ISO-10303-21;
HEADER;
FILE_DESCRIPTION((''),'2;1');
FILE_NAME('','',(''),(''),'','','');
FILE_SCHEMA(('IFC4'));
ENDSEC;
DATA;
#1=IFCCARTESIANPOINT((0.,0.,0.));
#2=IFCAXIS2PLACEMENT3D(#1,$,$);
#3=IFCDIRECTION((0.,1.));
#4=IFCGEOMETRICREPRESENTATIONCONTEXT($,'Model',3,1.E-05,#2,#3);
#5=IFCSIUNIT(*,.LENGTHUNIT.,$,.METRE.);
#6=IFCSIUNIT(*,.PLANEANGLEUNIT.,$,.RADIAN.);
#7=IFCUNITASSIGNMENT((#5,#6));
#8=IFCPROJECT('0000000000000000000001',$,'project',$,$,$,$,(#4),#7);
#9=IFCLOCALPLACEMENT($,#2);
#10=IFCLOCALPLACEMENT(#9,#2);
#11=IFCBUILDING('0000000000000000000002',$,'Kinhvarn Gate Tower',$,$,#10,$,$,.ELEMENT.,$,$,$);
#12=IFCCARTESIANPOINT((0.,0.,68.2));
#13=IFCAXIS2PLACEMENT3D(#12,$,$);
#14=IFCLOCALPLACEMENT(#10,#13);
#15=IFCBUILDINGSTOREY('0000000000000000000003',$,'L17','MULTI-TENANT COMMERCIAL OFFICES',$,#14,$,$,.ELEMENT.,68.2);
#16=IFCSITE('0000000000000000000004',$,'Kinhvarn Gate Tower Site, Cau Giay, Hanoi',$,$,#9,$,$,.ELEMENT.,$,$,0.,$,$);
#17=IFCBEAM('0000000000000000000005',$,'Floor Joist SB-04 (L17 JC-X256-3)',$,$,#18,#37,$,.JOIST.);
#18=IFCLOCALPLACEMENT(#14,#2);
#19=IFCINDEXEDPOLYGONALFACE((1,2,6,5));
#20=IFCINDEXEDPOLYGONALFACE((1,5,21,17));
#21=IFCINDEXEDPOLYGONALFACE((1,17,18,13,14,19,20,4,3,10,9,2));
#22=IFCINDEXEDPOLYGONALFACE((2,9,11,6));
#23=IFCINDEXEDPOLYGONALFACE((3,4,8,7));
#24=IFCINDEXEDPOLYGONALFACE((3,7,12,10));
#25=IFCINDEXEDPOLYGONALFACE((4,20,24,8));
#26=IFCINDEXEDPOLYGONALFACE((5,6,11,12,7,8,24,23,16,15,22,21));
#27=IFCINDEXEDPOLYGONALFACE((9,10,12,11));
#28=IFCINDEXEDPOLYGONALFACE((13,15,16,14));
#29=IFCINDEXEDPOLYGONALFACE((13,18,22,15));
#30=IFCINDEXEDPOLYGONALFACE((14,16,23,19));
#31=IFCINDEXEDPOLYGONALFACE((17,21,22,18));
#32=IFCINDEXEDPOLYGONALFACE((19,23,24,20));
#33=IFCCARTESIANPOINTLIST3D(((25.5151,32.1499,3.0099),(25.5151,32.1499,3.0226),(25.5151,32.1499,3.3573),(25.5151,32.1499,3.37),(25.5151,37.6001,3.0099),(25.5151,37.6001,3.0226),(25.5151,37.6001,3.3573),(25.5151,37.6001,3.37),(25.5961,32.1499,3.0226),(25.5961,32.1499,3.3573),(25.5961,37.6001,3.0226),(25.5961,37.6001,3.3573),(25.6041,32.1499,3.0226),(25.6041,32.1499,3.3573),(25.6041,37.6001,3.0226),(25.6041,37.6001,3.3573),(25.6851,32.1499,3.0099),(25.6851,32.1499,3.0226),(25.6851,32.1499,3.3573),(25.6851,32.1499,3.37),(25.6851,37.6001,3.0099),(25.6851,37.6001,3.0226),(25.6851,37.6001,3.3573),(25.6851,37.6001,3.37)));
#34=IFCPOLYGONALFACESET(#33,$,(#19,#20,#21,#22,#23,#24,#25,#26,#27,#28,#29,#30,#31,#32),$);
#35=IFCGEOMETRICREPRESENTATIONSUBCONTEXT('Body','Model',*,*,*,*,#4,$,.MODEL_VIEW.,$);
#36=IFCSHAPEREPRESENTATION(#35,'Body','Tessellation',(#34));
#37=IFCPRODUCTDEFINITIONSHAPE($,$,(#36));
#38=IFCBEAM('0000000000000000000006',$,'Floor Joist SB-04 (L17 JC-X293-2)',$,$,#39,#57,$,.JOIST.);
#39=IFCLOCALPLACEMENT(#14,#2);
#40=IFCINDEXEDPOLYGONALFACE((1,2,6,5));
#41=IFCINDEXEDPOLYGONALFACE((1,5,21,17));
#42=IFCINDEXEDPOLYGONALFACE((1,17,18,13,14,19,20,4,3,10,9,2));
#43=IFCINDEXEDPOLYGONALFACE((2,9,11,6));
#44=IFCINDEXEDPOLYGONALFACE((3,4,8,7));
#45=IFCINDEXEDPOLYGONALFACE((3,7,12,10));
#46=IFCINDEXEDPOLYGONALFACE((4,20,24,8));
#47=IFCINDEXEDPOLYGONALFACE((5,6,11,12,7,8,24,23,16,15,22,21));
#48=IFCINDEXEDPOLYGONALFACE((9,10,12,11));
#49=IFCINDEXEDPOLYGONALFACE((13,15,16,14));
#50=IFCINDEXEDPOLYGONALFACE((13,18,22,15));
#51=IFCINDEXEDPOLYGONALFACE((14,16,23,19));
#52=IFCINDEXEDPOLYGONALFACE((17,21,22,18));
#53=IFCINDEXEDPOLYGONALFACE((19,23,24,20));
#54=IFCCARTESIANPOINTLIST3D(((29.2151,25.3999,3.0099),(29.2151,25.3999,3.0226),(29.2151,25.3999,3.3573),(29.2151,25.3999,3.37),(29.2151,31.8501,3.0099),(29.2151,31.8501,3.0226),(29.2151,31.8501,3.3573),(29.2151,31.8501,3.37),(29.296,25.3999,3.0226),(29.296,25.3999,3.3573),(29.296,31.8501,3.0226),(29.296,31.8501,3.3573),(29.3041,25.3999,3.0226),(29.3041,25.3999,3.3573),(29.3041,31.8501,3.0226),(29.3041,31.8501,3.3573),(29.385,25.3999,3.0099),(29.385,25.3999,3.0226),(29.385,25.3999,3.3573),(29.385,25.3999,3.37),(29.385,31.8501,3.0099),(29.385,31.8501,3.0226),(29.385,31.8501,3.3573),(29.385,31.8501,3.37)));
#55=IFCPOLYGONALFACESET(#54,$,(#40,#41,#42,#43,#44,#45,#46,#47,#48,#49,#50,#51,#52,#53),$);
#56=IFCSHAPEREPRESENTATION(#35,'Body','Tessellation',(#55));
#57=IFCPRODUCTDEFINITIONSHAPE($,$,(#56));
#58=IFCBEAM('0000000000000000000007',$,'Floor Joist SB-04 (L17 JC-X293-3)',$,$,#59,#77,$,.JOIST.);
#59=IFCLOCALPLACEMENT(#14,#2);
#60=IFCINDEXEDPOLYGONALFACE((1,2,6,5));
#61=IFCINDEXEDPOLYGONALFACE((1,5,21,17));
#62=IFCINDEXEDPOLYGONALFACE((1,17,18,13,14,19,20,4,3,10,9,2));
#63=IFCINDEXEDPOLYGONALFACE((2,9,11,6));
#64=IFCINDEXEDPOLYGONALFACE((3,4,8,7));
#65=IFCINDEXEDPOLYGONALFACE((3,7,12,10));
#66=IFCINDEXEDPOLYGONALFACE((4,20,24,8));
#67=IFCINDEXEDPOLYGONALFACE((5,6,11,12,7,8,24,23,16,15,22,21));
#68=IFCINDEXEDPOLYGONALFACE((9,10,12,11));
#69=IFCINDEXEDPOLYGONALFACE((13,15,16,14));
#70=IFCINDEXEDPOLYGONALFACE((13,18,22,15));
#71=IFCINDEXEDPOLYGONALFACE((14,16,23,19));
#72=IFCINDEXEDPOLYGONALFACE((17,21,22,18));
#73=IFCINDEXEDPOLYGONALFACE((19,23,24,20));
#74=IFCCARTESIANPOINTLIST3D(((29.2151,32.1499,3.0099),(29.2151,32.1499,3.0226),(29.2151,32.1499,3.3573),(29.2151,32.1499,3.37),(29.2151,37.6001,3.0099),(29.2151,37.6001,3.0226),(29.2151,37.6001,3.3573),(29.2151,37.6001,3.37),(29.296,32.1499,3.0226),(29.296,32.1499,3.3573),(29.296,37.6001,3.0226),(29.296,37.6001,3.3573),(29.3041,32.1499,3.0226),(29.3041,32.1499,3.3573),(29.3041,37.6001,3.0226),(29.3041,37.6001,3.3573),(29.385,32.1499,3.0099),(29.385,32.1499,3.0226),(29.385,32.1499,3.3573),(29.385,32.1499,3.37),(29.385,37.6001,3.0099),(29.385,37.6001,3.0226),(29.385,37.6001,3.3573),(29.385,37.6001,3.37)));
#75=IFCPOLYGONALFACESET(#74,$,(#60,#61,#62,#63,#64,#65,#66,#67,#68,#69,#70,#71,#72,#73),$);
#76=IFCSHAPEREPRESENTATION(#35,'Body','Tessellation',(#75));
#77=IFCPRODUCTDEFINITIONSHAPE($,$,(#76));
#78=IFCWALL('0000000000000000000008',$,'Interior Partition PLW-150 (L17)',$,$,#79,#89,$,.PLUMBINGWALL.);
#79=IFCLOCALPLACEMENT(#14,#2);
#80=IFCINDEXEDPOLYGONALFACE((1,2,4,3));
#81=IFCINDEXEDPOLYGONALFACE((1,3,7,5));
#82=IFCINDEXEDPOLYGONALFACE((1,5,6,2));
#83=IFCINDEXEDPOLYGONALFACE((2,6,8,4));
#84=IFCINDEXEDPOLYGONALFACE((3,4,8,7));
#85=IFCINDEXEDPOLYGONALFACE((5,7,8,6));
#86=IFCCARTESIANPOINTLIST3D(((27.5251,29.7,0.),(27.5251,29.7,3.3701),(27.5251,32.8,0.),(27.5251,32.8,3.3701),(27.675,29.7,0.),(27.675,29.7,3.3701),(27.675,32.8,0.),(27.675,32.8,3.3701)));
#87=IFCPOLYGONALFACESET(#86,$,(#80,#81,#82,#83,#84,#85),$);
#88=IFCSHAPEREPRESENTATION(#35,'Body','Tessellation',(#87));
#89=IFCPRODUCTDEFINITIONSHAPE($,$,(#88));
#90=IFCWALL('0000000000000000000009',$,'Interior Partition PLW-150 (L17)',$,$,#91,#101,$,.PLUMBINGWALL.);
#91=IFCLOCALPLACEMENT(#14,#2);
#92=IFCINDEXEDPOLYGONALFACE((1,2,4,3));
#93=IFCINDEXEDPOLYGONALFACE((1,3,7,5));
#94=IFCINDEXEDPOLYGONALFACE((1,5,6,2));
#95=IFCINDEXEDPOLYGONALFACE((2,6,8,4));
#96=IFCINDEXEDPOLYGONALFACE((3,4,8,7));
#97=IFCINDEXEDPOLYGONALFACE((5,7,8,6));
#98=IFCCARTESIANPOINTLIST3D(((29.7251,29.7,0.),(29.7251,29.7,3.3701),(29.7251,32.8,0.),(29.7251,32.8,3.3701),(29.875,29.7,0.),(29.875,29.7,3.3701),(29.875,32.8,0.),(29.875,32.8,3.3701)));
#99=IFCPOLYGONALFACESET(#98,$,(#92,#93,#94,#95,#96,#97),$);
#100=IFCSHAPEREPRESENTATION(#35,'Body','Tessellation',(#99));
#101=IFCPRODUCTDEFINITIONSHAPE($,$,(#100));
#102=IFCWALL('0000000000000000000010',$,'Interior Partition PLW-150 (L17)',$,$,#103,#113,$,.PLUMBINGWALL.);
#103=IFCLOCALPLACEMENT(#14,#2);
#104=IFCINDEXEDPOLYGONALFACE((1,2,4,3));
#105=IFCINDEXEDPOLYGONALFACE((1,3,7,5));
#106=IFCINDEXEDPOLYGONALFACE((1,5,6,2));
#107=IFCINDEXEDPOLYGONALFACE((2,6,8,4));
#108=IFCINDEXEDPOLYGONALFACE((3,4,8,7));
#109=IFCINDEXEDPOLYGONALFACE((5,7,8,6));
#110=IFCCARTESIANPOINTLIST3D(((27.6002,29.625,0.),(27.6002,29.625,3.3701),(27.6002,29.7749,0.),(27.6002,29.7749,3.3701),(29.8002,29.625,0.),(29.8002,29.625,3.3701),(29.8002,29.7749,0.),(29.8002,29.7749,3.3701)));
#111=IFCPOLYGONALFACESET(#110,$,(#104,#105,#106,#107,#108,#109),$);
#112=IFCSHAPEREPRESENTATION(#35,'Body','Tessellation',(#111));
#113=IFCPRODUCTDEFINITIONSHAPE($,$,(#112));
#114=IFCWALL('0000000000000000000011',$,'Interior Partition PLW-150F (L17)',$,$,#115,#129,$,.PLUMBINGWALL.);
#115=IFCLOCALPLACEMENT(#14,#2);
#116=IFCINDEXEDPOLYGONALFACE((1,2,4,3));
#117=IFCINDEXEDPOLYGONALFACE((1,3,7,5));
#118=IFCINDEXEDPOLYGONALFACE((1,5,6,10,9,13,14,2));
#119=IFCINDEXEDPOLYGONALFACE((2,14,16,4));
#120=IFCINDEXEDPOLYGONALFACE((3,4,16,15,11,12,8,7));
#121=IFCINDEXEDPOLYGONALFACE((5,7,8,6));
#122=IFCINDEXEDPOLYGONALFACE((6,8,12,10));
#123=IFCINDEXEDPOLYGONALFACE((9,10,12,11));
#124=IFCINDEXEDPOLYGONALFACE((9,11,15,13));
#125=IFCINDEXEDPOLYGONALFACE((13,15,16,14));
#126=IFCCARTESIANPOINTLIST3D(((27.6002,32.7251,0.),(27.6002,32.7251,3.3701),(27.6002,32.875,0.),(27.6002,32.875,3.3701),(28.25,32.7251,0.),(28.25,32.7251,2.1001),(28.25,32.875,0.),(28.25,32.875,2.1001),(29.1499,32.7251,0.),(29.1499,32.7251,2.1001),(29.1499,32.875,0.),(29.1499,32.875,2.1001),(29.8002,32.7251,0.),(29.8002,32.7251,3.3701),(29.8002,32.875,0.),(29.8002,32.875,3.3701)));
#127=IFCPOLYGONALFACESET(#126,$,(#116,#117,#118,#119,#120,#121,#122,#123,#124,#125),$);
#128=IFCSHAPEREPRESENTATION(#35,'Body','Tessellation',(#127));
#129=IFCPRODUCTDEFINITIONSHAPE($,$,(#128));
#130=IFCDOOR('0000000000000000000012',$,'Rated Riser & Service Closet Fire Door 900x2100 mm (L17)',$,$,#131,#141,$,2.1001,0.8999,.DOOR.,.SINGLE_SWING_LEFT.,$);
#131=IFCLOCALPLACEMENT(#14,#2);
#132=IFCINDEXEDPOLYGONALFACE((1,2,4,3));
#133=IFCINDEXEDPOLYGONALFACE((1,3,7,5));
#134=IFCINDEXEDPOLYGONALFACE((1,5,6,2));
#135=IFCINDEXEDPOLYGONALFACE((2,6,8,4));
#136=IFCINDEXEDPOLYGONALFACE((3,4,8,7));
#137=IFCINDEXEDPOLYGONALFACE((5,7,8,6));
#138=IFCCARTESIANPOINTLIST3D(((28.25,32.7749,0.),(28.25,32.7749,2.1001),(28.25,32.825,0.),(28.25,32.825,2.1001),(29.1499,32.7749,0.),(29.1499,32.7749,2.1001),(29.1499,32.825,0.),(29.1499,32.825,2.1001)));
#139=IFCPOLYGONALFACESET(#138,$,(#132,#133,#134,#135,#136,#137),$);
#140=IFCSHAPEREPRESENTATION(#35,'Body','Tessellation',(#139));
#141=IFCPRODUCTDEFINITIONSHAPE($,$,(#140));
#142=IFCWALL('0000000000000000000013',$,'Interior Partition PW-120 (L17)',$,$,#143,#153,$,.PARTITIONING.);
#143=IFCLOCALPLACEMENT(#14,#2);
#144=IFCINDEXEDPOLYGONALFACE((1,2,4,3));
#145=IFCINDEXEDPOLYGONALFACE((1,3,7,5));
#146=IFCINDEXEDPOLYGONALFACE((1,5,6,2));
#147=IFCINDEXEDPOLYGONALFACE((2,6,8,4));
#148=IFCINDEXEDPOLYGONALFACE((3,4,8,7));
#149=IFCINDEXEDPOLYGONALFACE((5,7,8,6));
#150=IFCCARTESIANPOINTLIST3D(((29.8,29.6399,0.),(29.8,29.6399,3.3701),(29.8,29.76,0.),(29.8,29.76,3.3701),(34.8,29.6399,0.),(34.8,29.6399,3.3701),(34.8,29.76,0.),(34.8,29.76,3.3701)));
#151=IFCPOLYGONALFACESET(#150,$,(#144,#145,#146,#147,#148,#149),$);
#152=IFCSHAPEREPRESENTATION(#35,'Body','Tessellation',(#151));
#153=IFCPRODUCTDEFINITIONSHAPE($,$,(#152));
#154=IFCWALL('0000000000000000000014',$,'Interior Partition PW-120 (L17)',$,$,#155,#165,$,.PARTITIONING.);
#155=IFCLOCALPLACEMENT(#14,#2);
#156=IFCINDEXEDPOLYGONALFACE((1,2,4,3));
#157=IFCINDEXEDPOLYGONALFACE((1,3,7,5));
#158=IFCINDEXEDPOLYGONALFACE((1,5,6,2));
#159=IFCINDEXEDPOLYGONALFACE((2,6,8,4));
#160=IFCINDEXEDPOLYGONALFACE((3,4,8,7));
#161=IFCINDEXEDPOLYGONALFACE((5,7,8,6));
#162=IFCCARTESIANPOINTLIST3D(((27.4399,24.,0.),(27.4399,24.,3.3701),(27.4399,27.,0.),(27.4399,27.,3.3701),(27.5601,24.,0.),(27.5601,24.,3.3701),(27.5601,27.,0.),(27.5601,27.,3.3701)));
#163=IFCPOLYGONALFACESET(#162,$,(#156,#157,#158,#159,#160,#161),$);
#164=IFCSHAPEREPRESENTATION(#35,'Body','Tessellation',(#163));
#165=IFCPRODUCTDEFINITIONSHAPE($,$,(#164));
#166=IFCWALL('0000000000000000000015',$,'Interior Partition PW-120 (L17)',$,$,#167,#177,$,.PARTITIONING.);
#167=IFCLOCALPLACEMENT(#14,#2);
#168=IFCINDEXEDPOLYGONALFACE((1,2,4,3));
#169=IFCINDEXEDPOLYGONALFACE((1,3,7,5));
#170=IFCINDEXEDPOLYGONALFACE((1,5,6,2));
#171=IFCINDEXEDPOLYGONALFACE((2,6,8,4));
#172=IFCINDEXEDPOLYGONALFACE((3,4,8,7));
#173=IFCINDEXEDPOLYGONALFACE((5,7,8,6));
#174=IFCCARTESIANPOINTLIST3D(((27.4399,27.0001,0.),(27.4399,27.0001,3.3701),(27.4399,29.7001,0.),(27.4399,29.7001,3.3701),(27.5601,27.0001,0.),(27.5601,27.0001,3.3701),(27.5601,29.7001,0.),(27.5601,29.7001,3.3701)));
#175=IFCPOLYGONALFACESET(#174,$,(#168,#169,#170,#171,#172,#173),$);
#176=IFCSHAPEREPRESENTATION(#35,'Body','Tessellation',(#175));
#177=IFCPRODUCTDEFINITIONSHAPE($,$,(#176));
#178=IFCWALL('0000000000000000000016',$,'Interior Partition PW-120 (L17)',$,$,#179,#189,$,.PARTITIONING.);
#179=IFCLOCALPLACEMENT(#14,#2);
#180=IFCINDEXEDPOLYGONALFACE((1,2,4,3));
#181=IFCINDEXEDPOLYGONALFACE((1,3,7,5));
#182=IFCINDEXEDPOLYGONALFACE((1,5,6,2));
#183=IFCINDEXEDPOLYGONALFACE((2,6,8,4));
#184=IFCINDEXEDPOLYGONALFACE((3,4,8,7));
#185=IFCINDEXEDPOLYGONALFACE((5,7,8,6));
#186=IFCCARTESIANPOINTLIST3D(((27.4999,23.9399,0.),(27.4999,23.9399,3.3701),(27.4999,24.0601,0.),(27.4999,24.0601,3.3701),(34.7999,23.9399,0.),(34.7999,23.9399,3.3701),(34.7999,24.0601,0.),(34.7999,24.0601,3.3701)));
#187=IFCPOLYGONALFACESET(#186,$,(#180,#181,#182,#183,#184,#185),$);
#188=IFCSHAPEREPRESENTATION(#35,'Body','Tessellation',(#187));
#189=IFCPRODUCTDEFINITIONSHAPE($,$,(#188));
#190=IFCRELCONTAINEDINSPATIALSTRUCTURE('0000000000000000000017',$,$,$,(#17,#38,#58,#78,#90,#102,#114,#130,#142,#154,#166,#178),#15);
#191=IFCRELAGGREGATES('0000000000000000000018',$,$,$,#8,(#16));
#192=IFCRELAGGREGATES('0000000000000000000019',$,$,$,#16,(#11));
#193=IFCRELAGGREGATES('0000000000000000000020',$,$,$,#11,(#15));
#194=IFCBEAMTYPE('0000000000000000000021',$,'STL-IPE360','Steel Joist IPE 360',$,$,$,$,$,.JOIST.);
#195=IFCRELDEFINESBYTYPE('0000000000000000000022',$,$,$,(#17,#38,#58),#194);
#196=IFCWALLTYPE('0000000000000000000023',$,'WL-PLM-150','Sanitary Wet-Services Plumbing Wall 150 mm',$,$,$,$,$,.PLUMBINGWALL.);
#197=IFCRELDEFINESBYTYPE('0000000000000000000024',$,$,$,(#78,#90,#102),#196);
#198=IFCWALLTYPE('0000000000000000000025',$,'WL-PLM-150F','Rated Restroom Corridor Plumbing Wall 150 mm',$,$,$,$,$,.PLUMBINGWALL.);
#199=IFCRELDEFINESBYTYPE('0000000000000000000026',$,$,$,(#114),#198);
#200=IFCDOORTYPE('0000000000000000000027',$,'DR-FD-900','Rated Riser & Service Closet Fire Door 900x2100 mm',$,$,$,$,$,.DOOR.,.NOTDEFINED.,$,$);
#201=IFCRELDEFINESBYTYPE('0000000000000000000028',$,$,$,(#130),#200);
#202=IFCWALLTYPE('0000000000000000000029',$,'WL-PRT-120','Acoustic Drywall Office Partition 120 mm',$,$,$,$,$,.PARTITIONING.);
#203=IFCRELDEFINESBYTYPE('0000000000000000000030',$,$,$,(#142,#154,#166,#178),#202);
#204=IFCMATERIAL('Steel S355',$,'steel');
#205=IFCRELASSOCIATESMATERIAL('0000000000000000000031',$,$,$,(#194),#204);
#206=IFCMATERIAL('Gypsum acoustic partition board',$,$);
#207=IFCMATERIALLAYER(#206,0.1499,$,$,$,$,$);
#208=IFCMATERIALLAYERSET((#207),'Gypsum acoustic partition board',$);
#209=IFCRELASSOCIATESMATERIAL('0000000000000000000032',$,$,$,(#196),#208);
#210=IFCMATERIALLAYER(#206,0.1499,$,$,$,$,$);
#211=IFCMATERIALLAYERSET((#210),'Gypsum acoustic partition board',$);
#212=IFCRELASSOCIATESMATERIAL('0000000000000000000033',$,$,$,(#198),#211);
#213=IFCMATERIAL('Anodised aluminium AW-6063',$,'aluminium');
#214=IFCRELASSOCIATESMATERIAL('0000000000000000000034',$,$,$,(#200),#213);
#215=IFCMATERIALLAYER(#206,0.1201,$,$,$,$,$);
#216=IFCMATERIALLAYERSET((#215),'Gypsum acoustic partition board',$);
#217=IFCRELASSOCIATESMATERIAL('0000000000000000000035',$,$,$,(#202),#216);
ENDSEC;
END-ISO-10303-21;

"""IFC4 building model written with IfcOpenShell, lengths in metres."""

from ifc_helpers import new_model, si_unit, direction, frame, frame_2d, origin, origin_2d, place, context, subcontext, project, spatial, rectangle, i_section, extrude, material, layer, layer_set, material_profile, profile_set, type_object, element, fill, save


model = new_model("IFC4")

# Units and contexts
model_context = context("Model", 3, precision=1e-05, world=origin(), true_north=direction((0.0, 1.0)))
body_context = subcontext(model_context, "Body", "Model", "MODEL_VIEW")
ifc_project = project(units=[si_unit("LENGTHUNIT", "METRE"), si_unit("PLANEANGLEUNIT", "RADIAN")], contexts=[model_context])

# Site, building, storey
site_placement = place(None, origin())
site = spatial("IfcSite", under=ifc_project, at=site_placement, Name="Kinhvarn Gate Tower Site, Cau Giay, Hanoi", CompositionType="ELEMENT", RefElevation=0.0)
building_placement = place(site_placement, origin())
building = spatial("IfcBuilding", under=site, at=building_placement, Name="Kinhvarn Gate Tower", CompositionType="ELEMENT")
storey_placement = place(building_placement, frame((0.0, 0.0, 68.2)))
storey = spatial("IfcBuildingStorey", under=building, at=storey_placement, Name="L17", Description="MULTI-TENANT COMMERCIAL OFFICES", CompositionType="ELEMENT", Elevation=68.2)

# Beams
ifc_material_1 = material(Name="Steel S355", Category="steel")
ifc_material_profile = material_profile(ifc_material_1, i_section(OverallWidth=0.1699, OverallDepth=0.3601, WebThickness=0.0081, FlangeThickness=0.0127, at=origin_2d()), Name="IPE 360")
ifc_profile_set = profile_set([ifc_material_profile], Name="Steel S355")
beam_type = type_object("IfcBeamType", Name="STL-IPE360", Description="Steel Joist IPE 360", PredefinedType="JOIST", material=ifc_profile_set)
beam_1_placement = place(storey_placement, frame((25.6001, 32.1499, 3.1899), z_axis=(0.0, 1.0, 0.0), x_axis=(-1.0, 0.0, 0.0)))
element("IfcBeam", 1, at=beam_1_placement, inside=storey, type_object=beam_type, Name="Floor Joist SB-04 (L17 JC-X256-3)", PredefinedType="JOIST", context=body_context, shape_type="SweptSolid", body=[
    extrude(i_section(OverallWidth=0.1699, OverallDepth=0.3601, WebThickness=0.0081, FlangeThickness=0.0127, at=origin_2d()), origin(), (0.0, 0.0, 1.0), 5.4502),
])
beam_2_placement = place(storey_placement, frame((29.3, 25.3999, 3.1899), z_axis=(0.0, 1.0, 0.0), x_axis=(-1.0, 0.0, 0.0)))
element("IfcBeam", 2, at=beam_2_placement, inside=storey, type_object=beam_type, Name="Floor Joist SB-04 (L17 JC-X293-2)", PredefinedType="JOIST", context=body_context, shape_type="SweptSolid", body=[
    extrude(i_section(OverallWidth=0.1699, OverallDepth=0.3601, WebThickness=0.0081, FlangeThickness=0.0127, at=origin_2d()), origin(), (0.0, 0.0, 1.0), 6.4502),
])
beam_3_placement = place(storey_placement, frame((29.3, 32.1499, 3.1899), z_axis=(0.0, 1.0, 0.0), x_axis=(-1.0, 0.0, 0.0)))
element("IfcBeam", 3, at=beam_3_placement, inside=storey, type_object=beam_type, Name="Floor Joist SB-04 (L17 JC-X293-3)", PredefinedType="JOIST", context=body_context, shape_type="SweptSolid", body=[
    extrude(i_section(OverallWidth=0.1699, OverallDepth=0.3601, WebThickness=0.0081, FlangeThickness=0.0127, at=origin_2d()), origin(), (0.0, 0.0, 1.0), 5.4502),
])

# Walls
ifc_material_2 = material(Name="Gypsum acoustic partition board")
ifc_layer_1 = layer(ifc_material_2, 0.1499)
ifc_layer_set_1 = layer_set([ifc_layer_1], Name="Gypsum acoustic partition board")
wall_type_1 = type_object("IfcWallType", Name="WL-PLM-150", Description="Sanitary Wet-Services Plumbing Wall 150 mm", PredefinedType="PLUMBINGWALL", material=ifc_layer_set_1)
for number, where, z_axis, x_axis, name in (
    (4, (27.6001, 29.7, 0.0), (0.0, 0.0, 1.0), (0.0, 1.0, 0.0), "Interior Partition PLW-150 (L17)"),
    (5, (29.8, 29.7, 0.0), (0.0, 0.0, 1.0), (0.0, 1.0, 0.0), "Interior Partition PLW-150 (L17)"),
):
    element("IfcWall", number, at=place(storey_placement, frame(where, z_axis=z_axis, x_axis=x_axis)), inside=storey, type_object=wall_type_1, Name=name, PredefinedType="PLUMBINGWALL", context=body_context, shape_type="SweptSolid", body=[
        extrude(rectangle(XDim=3.1001, YDim=0.1499, at=frame_2d((1.55, 0.0))), origin(), (0.0, 0.0, 1.0), 3.3701),
    ])
wall_1_placement = place(storey_placement, frame((27.6001, 29.7, 0.0), z_axis=(0.0, 0.0, 1.0), x_axis=(1.0, 0.0, 0.0)))
element("IfcWall", 6, at=wall_1_placement, inside=storey, type_object=wall_type_1, Name="Interior Partition PLW-150 (L17)", PredefinedType="PLUMBINGWALL", context=body_context, shape_type="SweptSolid", body=[
    extrude(rectangle(XDim=2.2, YDim=0.1499, at=frame_2d((1.1001, 0.0))), origin(), (0.0, 0.0, 1.0), 3.3701),
])

# Wall, opening, door
ifc_layer_2 = layer(ifc_material_2, 0.1499)
ifc_layer_set_2 = layer_set([ifc_layer_2], Name="Gypsum acoustic partition board")
wall_type_2 = type_object("IfcWallType", Name="WL-PLM-150F", Description="Rated Restroom Corridor Plumbing Wall 150 mm", PredefinedType="PLUMBINGWALL", material=ifc_layer_set_2)
wall_2_placement = place(storey_placement, frame((27.6001, 32.8, 0.0), z_axis=(0.0, 0.0, 1.0), x_axis=(1.0, 0.0, 0.0)))
wall_2 = element("IfcWall", 7, at=wall_2_placement, inside=storey, type_object=wall_type_2, Name="Interior Partition PLW-150F (L17)", PredefinedType="PLUMBINGWALL", context=body_context, shape_type="SweptSolid", body=[
    extrude(rectangle(XDim=2.2, YDim=0.1499, at=frame_2d((1.1001, 0.0))), origin(), (0.0, 0.0, 1.0), 3.3701),
])
opening_1_placement = place(wall_2_placement, frame((0.6499, 0.0, 0.0)))
opening_1 = element("IfcOpeningElement", 8, at=opening_1_placement, cuts=wall_2, PredefinedType="OPENING", context=body_context, shape_type="SweptSolid", body=[
    extrude(rectangle(XDim=0.8999, YDim=2.1001, at=frame_2d((0.45, 1.05))), frame((0.0, 0.085, 0.0), z_axis=(0.0, -1.0, 0.0), x_axis=(1.0, 0.0, 0.0)), (0.0, 0.0, 1.0), 0.1699),
])
ifc_material_3 = material(Name="Anodised aluminium AW-6063", Category="aluminium")
door_type_1 = type_object("IfcDoorType", Name="DR-FD-900", Description="Rated Riser & Service Closet Fire Door 900x2100 mm", OperationType="NOTDEFINED", PredefinedType="DOOR", material=ifc_material_3)
door_1_placement = place(opening_1_placement, origin())
door_1 = element("IfcDoor", 9, at=door_1_placement, inside=storey, type_object=door_type_1, Name="Rated Riser & Service Closet Fire Door 900x2100 mm (L17)", OperationType="SINGLE_SWING_LEFT", OverallHeight=2.1001, OverallWidth=0.8999, PredefinedType="DOOR", context=body_context, shape_type="SweptSolid", body=[
    extrude(rectangle(XDim=0.8999, YDim=2.1001, at=frame_2d((0.45, 1.05))), frame((0.0, 0.0249, 0.0), z_axis=(0.0, -1.0, 0.0), x_axis=(1.0, 0.0, 0.0)), (0.0, 0.0, 1.0), 0.05),
])
fill(opening_1, door_1)

# Walls
ifc_layer_3 = layer(ifc_material_2, 0.1201)
ifc_layer_set_3 = layer_set([ifc_layer_3], Name="Gypsum acoustic partition board")
wall_type_3 = type_object("IfcWallType", Name="WL-PRT-120", Description="Acoustic Drywall Office Partition 120 mm", PredefinedType="PARTITIONING", material=ifc_layer_set_3)
wall_3_placement = place(storey_placement, frame((29.8, 29.7, 0.0), z_axis=(0.0, 0.0, 1.0), x_axis=(1.0, 0.0, 0.0)))
element("IfcWall", 10, at=wall_3_placement, inside=storey, type_object=wall_type_3, Name="Interior Partition PW-120 (L17)", PredefinedType="PARTITIONING", context=body_context, shape_type="SweptSolid", body=[
    extrude(rectangle(XDim=5.0, YDim=0.1201, at=frame_2d((2.5, 0.0))), origin(), (0.0, 0.0, 1.0), 3.3701),
])
wall_4_placement = place(storey_placement, frame((27.5, 24.0, 0.0), z_axis=(0.0, 0.0, 1.0), x_axis=(0.0, 1.0, 0.0)))
element("IfcWall", 11, at=wall_4_placement, inside=storey, type_object=wall_type_3, Name="Interior Partition PW-120 (L17)", PredefinedType="PARTITIONING", context=body_context, shape_type="SweptSolid", body=[
    extrude(rectangle(XDim=3.0, YDim=0.1201, at=frame_2d((1.5, 0.0))), origin(), (0.0, 0.0, 1.0), 3.3701),
])
wall_5_placement = place(storey_placement, frame((27.5, 27.0, 0.0), z_axis=(0.0, 0.0, 1.0), x_axis=(0.0, 1.0, 0.0)))
element("IfcWall", 12, at=wall_5_placement, inside=storey, type_object=wall_type_3, Name="Interior Partition PW-120 (L17)", PredefinedType="PARTITIONING", context=body_context, shape_type="SweptSolid", body=[
    extrude(rectangle(XDim=2.7, YDim=0.1201, at=frame_2d((1.3501, 0.0))), origin(), (0.0, 0.0, 1.0), 3.3701),
])
for number, where, z_axis, x_axis, name in (
    (13, (27.5, 24.0, 0.0), (0.0, 0.0, 1.0), (1.0, 0.0, 0.0), "Interior Partition PW-120 (L17)"),
):
    element("IfcWall", number, at=place(storey_placement, frame(where, z_axis=z_axis, x_axis=x_axis)), inside=storey, type_object=wall_type_3, Name=name, PredefinedType="PARTITIONING", context=body_context, shape_type="SweptSolid", body=[
        extrude(rectangle(XDim=7.3, YDim=0.1201, at=frame_2d((3.6499, 0.0))), origin(), (0.0, 0.0, 1.0), 3.3701),
    ])

save(model, "model.ifc")
